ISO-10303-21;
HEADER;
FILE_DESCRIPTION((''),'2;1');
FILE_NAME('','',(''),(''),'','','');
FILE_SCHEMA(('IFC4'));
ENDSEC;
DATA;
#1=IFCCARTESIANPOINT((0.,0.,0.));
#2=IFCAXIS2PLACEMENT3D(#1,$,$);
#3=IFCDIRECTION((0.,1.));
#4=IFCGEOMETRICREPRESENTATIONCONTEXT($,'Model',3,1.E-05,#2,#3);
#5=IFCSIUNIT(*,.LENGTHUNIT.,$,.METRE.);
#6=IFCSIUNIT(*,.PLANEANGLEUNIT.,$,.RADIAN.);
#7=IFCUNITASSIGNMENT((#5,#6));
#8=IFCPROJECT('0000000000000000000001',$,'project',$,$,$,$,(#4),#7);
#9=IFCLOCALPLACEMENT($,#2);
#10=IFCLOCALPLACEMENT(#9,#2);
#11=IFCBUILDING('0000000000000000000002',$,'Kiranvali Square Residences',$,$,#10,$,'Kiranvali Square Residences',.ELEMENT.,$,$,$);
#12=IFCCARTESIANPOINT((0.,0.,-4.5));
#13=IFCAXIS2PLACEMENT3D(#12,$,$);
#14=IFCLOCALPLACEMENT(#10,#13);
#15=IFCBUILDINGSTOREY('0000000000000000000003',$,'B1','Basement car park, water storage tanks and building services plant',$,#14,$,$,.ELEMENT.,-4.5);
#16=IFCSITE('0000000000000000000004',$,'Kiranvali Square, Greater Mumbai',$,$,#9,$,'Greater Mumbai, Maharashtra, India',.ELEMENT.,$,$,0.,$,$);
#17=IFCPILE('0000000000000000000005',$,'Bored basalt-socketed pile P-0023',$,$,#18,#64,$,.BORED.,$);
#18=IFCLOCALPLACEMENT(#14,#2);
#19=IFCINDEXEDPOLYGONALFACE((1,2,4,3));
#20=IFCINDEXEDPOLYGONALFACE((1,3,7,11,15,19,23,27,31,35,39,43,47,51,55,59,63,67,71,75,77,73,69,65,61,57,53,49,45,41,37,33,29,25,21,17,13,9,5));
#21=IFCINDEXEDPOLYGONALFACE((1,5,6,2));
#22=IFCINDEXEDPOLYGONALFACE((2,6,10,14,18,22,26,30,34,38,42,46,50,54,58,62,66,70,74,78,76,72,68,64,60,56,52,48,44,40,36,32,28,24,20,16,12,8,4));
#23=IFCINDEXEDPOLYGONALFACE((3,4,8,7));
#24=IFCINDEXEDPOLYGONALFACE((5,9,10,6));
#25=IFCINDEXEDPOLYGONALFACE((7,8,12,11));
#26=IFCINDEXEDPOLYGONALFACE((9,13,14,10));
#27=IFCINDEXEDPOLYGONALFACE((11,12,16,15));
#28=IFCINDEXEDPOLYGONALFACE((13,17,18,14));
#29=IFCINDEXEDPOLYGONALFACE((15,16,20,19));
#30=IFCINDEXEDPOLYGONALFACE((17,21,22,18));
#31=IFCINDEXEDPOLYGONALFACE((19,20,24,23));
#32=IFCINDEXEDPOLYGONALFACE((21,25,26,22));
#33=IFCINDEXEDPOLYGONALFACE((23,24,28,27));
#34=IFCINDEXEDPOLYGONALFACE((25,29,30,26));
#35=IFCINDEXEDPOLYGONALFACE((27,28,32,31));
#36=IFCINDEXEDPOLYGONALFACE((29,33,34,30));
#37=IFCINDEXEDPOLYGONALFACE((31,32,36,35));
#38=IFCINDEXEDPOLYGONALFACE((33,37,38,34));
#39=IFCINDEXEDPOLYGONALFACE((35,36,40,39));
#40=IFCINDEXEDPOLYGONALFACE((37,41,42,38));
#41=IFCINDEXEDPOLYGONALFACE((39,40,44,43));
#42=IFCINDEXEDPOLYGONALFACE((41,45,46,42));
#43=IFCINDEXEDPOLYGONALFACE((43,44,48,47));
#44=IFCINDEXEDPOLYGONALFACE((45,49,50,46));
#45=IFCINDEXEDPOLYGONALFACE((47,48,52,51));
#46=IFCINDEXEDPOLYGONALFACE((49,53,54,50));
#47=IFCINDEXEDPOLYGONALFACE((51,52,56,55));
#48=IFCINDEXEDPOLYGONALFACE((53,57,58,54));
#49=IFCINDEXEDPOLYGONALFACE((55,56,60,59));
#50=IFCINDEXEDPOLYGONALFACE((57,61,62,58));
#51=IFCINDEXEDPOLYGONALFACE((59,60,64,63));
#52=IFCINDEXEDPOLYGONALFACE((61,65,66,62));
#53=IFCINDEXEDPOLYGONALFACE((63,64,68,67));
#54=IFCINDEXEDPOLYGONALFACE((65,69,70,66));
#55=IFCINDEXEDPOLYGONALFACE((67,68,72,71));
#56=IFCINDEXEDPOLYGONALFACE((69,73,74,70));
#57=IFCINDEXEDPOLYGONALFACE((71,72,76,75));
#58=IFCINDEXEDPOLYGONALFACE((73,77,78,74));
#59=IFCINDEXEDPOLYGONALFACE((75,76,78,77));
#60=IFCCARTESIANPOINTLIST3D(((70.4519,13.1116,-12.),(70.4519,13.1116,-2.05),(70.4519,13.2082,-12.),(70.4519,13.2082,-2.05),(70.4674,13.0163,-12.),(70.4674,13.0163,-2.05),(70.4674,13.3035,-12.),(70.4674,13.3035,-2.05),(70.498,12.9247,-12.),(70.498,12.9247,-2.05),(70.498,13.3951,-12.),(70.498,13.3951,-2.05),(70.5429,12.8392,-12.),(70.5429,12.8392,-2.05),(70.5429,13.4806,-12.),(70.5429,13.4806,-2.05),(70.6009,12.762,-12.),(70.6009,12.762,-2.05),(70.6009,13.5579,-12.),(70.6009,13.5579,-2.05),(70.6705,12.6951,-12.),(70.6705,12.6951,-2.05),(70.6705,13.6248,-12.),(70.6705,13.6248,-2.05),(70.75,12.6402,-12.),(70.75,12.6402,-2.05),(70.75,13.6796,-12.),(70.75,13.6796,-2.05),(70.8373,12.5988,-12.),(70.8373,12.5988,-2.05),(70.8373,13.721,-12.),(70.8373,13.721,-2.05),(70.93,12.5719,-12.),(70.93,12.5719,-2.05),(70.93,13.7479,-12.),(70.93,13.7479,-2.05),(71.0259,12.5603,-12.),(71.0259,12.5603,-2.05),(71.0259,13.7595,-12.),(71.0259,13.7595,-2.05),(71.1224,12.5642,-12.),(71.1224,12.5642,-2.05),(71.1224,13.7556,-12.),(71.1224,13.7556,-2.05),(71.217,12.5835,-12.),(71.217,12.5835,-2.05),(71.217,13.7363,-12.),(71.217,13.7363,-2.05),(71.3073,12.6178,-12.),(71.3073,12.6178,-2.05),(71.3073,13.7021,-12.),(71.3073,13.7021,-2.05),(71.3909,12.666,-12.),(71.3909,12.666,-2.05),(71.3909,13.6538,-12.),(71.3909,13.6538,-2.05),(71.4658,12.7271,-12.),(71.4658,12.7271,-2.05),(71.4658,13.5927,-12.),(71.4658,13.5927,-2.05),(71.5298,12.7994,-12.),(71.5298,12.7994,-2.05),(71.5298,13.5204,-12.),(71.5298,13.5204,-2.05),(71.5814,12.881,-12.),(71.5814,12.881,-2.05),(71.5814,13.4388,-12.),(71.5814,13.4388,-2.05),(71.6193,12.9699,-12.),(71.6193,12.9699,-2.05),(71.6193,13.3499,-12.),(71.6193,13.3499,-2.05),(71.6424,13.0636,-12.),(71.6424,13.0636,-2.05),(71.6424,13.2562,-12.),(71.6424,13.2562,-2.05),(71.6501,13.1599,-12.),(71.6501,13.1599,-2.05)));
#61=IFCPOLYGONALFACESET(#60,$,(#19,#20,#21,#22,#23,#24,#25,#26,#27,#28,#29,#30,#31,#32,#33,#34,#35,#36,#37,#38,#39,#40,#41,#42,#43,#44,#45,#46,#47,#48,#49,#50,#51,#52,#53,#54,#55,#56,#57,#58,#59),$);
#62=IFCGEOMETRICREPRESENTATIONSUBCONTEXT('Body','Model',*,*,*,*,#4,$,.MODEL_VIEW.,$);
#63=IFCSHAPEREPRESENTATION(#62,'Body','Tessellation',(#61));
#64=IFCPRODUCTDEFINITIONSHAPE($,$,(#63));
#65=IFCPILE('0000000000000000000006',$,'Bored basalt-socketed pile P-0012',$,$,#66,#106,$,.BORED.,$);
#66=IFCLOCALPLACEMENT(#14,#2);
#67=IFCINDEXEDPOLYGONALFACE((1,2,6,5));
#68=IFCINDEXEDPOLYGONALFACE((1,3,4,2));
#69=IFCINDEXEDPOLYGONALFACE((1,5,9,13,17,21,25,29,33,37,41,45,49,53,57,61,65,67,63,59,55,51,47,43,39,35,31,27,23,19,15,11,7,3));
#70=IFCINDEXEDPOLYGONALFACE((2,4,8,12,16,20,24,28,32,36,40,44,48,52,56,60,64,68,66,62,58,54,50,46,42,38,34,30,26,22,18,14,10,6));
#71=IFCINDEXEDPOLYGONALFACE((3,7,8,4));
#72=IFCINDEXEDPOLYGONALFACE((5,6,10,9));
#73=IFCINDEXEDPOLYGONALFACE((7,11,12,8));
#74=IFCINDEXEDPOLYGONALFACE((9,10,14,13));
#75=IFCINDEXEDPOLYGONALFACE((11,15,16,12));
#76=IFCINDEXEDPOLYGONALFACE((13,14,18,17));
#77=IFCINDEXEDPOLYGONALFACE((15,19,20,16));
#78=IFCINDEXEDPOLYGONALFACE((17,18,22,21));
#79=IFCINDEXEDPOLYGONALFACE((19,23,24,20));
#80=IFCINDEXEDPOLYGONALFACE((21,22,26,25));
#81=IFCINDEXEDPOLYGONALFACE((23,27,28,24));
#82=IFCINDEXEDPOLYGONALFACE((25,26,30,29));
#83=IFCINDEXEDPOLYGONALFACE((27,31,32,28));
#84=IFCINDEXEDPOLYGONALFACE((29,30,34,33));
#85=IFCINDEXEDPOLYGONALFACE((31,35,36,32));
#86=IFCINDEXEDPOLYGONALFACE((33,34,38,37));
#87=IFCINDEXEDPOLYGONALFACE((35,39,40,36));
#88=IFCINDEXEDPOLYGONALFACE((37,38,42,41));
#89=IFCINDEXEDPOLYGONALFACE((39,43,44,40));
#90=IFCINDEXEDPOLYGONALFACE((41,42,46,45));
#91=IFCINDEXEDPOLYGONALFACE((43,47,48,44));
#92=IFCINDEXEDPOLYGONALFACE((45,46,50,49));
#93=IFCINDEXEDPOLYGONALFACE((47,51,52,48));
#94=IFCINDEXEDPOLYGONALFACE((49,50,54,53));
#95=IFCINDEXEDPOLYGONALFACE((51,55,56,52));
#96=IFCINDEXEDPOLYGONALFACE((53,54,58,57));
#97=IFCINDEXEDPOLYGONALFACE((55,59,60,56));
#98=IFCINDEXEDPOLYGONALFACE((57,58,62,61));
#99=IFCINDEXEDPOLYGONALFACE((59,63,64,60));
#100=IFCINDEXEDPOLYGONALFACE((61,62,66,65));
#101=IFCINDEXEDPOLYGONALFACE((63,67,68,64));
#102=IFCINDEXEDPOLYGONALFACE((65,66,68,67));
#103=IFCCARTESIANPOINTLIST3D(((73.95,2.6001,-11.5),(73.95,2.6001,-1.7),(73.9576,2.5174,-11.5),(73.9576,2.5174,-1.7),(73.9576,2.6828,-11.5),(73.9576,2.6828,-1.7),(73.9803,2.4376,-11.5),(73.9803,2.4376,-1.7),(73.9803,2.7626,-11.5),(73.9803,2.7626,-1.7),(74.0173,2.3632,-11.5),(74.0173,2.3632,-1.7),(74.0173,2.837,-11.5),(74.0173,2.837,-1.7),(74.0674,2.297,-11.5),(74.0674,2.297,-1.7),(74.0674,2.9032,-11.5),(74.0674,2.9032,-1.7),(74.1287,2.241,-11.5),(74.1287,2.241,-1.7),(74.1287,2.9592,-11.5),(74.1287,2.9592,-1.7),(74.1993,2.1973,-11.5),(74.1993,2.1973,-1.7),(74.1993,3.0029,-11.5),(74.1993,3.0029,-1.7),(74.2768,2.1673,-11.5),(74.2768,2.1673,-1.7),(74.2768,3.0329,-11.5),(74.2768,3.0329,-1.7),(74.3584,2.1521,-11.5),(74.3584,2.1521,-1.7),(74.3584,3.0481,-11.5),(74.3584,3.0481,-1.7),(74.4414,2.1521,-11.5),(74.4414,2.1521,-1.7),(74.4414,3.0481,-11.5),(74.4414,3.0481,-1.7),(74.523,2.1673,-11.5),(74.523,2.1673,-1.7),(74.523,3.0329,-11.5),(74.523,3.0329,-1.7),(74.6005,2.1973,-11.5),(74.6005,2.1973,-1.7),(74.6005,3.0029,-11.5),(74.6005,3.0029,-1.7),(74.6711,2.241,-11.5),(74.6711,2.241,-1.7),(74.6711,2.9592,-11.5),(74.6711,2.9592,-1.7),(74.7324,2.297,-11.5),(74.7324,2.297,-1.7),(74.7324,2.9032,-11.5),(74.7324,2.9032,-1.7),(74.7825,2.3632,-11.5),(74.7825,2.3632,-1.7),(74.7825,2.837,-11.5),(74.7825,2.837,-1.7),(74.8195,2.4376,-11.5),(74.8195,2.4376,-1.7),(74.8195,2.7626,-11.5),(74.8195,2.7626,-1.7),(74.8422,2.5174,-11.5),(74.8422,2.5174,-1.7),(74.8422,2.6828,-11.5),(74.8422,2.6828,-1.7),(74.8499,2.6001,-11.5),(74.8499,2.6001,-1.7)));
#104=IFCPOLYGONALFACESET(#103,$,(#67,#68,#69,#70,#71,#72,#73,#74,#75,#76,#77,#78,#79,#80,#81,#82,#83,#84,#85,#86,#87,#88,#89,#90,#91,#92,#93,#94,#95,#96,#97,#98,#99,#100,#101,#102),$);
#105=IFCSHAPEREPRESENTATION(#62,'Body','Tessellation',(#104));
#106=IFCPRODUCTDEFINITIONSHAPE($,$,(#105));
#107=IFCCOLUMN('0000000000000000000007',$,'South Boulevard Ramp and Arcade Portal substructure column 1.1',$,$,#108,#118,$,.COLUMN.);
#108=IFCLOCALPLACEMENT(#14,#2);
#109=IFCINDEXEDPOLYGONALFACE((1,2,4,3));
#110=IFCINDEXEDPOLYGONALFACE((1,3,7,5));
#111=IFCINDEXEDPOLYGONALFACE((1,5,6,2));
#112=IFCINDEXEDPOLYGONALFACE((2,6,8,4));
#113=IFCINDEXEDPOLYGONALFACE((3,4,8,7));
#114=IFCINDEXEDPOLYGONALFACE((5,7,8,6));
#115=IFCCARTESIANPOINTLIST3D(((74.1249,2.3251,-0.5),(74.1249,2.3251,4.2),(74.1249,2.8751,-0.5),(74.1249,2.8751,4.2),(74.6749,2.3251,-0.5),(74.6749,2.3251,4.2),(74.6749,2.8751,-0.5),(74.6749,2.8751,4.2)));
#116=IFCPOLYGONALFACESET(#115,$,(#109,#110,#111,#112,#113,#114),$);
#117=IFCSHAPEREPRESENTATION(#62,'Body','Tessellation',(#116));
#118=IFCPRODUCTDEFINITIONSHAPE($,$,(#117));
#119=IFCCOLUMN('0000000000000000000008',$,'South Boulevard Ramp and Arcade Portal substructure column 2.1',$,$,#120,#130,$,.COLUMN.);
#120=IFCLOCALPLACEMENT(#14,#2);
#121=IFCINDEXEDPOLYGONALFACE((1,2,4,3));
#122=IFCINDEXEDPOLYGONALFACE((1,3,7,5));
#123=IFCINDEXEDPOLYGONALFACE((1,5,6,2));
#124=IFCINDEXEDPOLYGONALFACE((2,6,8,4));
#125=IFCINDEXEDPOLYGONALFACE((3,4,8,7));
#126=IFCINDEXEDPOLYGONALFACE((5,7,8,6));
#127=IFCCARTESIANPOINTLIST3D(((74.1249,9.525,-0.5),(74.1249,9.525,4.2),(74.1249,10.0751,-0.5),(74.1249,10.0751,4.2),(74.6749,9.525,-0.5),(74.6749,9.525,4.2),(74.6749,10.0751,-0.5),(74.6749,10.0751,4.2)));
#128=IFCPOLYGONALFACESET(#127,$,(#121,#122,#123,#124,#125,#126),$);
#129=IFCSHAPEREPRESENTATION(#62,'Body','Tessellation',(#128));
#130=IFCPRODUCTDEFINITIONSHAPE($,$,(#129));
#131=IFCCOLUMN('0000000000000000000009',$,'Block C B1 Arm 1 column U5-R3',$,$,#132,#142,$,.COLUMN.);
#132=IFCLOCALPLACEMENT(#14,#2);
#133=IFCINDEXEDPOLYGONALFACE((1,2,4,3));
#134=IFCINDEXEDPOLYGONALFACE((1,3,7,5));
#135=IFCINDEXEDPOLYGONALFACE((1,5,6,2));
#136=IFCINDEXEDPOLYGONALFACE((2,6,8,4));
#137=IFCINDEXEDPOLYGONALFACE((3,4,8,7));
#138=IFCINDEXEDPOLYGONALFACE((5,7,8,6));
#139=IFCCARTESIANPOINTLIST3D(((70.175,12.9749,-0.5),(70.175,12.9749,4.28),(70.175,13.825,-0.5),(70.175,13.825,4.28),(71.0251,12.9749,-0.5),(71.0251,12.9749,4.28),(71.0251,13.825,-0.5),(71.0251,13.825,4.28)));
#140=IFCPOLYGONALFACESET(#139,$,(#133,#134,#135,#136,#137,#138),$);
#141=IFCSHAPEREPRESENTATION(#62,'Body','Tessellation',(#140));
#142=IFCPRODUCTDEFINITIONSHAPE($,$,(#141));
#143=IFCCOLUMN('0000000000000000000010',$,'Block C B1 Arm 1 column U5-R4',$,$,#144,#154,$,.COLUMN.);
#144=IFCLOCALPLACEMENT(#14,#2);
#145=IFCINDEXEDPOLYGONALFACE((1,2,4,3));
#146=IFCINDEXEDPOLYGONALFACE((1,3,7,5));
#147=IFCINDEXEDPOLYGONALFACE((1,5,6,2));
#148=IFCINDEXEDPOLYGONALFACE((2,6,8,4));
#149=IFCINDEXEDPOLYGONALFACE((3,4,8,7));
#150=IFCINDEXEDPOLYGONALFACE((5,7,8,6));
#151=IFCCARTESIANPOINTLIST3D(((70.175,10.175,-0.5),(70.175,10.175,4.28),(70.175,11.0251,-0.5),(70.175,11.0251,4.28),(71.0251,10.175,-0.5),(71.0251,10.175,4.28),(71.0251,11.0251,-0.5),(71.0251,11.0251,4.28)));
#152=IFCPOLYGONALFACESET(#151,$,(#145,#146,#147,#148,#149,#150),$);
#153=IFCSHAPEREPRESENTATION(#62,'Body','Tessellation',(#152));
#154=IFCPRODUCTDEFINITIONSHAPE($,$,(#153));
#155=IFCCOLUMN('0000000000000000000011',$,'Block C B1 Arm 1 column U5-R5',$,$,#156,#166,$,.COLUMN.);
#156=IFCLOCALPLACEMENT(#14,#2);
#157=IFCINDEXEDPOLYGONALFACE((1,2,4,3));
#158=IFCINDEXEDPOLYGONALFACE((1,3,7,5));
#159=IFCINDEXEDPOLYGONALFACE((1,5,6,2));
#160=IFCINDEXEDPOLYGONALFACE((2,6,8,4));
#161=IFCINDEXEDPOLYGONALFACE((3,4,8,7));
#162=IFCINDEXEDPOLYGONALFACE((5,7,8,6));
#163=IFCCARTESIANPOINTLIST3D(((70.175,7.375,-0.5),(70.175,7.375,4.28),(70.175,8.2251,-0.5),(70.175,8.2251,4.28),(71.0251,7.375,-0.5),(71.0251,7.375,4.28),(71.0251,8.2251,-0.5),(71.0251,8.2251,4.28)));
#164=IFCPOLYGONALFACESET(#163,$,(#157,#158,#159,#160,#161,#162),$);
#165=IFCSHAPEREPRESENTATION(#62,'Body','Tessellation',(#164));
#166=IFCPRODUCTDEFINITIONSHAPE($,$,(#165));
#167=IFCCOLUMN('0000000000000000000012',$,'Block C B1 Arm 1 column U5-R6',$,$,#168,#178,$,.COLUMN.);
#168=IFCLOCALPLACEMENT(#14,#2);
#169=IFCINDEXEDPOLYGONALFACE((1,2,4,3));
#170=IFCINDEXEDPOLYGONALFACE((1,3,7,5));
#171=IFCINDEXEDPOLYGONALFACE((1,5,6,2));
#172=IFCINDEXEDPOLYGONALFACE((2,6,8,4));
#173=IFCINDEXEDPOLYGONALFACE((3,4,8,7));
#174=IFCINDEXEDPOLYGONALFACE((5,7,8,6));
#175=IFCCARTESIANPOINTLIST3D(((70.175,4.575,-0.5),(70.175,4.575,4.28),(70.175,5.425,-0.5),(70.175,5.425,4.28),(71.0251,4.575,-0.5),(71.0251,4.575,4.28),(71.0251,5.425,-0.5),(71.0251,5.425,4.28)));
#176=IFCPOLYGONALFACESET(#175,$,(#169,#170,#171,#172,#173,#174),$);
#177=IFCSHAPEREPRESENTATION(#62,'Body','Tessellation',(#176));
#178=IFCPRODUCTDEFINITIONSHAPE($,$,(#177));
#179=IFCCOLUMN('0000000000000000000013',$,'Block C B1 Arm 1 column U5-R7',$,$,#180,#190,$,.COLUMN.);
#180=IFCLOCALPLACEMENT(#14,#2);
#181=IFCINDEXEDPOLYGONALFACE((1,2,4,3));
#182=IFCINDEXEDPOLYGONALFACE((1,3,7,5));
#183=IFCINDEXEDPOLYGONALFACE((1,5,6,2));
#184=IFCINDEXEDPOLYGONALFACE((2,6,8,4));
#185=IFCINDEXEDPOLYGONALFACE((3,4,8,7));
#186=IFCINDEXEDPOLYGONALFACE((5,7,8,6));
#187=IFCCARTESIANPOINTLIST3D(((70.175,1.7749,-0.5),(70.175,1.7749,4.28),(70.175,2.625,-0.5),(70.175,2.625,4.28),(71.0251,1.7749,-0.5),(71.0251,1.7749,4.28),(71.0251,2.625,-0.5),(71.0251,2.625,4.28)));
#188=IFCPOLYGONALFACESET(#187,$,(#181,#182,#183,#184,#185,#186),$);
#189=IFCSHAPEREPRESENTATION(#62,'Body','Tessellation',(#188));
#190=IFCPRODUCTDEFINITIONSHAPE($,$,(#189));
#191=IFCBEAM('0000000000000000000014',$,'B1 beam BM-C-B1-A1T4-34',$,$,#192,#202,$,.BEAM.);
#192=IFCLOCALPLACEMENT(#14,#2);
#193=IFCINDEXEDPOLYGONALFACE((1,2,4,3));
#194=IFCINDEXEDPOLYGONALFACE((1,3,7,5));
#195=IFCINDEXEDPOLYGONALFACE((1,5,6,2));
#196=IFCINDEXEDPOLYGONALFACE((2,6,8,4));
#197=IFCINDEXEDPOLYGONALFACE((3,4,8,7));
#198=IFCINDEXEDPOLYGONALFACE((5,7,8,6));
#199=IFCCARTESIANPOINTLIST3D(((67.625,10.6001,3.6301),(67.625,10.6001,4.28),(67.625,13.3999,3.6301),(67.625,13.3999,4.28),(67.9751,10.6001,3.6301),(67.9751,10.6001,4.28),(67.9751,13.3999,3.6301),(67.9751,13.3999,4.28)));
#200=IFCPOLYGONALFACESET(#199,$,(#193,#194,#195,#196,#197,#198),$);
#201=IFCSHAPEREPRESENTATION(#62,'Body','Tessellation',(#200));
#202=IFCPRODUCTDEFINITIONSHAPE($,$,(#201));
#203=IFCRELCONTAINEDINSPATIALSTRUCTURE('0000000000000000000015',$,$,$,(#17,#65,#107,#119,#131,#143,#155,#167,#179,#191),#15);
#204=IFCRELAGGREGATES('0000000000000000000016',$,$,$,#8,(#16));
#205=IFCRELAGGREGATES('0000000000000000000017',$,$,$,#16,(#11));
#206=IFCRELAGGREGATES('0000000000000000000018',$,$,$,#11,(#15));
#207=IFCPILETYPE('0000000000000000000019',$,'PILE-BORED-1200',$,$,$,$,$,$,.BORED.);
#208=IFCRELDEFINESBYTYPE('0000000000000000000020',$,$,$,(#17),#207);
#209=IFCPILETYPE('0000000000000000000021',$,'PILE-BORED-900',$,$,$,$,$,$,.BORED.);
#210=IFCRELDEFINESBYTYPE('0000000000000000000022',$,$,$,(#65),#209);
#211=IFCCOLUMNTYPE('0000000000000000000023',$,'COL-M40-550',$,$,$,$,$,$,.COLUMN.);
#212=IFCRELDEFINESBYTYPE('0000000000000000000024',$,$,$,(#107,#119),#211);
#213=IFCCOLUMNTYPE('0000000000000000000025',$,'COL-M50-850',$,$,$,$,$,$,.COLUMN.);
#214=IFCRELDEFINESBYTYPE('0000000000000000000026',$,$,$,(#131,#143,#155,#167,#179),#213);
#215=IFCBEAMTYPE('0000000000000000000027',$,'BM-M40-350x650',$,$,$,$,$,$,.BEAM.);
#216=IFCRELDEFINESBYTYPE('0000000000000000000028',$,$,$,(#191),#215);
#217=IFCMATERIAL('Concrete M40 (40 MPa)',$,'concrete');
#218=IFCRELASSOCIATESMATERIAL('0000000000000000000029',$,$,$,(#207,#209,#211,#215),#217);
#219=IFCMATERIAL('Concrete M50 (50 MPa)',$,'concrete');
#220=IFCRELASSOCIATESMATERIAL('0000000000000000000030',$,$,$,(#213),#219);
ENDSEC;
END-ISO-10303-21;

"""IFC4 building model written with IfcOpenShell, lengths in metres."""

from ifc_helpers import new_model, si_unit, direction, frame, origin, origin_2d, place, context, subcontext, project, spatial, rectangle, circle, extrude, material, material_profile, profile_set, type_object, element, save


model = new_model("IFC4")

# Units and contexts
model_context = context("Model", 3, precision=1e-05, world=origin(), true_north=direction((0.0, 1.0)))
body_context = subcontext(model_context, "Body", "Model", "MODEL_VIEW")
ifc_project = project(units=[si_unit("LENGTHUNIT", "METRE"), si_unit("PLANEANGLEUNIT", "RADIAN")], contexts=[model_context])

# Site, building, storey
site_placement = place(None, origin())
site = spatial("IfcSite", under=ifc_project, at=site_placement, Name="Kiranvali Square, Greater Mumbai", LongName="Greater Mumbai, Maharashtra, India", CompositionType="ELEMENT", RefElevation=0.0)
building_placement = place(site_placement, origin())
building = spatial("IfcBuilding", under=site, at=building_placement, Name="Kiranvali Square Residences", LongName="Kiranvali Square Residences", CompositionType="ELEMENT")
storey_placement = place(building_placement, frame((0.0, 0.0, -4.5)))
storey = spatial("IfcBuildingStorey", under=building, at=storey_placement, Name="B1", Description="Basement car park, water storage tanks and building services plant", CompositionType="ELEMENT", Elevation=-4.5)

# Shared definitions
ifc_material_1 = material(Name="Concrete M40 (40 MPa)", Category="concrete")

# Piles
ifc_material_profile_1 = material_profile(ifc_material_1, circle(Radius=0.6001, at=origin_2d()), Name="BORED PILE 1200")
ifc_profile_set_1 = profile_set([ifc_material_profile_1], Name="Concrete M40 (40 MPa)")
pile_type_1 = type_object("IfcPileType", Name="PILE-BORED-1200", PredefinedType="BORED", material=ifc_profile_set_1)
for number, where, z_axis, x_axis, name in (
    (1, (71.05, 13.1599, -2.05), (0.0, 0.0, -1.0), (1.0, 0.0, 0.0), "Bored basalt-socketed pile P-0023"),
):
    element("IfcPile", number, at=place(storey_placement, frame(where, z_axis=z_axis, x_axis=x_axis)), inside=storey, type_object=pile_type_1, Name=name, PredefinedType="BORED", context=body_context, shape_type="SweptSolid", body=[
        extrude(circle(Radius=0.6001, at=origin_2d()), origin(), (0.0, 0.0, 1.0), 9.95),
    ])
ifc_material_profile_2 = material_profile(ifc_material_1, circle(Radius=0.45, at=origin_2d()), Name="BORED PILE 900")
ifc_profile_set_2 = profile_set([ifc_material_profile_2], Name="Concrete M40 (40 MPa)")
pile_type_2 = type_object("IfcPileType", Name="PILE-BORED-900", PredefinedType="BORED", material=ifc_profile_set_2)
pile_placement = place(storey_placement, frame((74.3999, 2.6001, -1.7), z_axis=(0.0, 0.0, -1.0), x_axis=(1.0, 0.0, 0.0)))
element("IfcPile", 2, at=pile_placement, inside=storey, type_object=pile_type_2, Name="Bored basalt-socketed pile P-0012", PredefinedType="BORED", context=body_context, shape_type="SweptSolid", body=[
    extrude(circle(Radius=0.45, at=origin_2d()), origin(), (0.0, 0.0, 1.0), 9.8),
])

# Columns
ifc_material_profile_3 = material_profile(ifc_material_1, rectangle(XDim=0.55, YDim=0.55, at=origin_2d()), Name="RC 550x550")
ifc_profile_set_3 = profile_set([ifc_material_profile_3], Name="Concrete M40 (40 MPa)")
column_type_1 = type_object("IfcColumnType", Name="COL-M40-550", PredefinedType="COLUMN", material=ifc_profile_set_3)
for number, where, z_axis, x_axis, name in (
    (3, (74.3999, 2.6001, -0.5), (0.0, 0.0, 1.0), (1.0, 0.0, 0.0), "South Boulevard Ramp and Arcade Portal substructure column 1.1"),
    (4, (74.3999, 9.8, -0.5), (0.0, 0.0, 1.0), (1.0, 0.0, 0.0), "South Boulevard Ramp and Arcade Portal substructure column 2.1"),
):
    element("IfcColumn", number, at=place(storey_placement, frame(where, z_axis=z_axis, x_axis=x_axis)), inside=storey, type_object=column_type_1, Name=name, PredefinedType="COLUMN", context=body_context, shape_type="SweptSolid", body=[
        extrude(rectangle(XDim=0.55, YDim=0.55, at=origin_2d()), origin(), (0.0, 0.0, 1.0), 4.7),
    ])
ifc_material_2 = material(Name="Concrete M50 (50 MPa)", Category="concrete")
ifc_material_profile_4 = material_profile(ifc_material_2, rectangle(XDim=0.8501, YDim=0.8501, at=origin_2d()), Name="RC 850x850")
ifc_profile_set_4 = profile_set([ifc_material_profile_4], Name="Concrete M50 (50 MPa)")
column_type_2 = type_object("IfcColumnType", Name="COL-M50-850", PredefinedType="COLUMN", material=ifc_profile_set_4)
for number, where, z_axis, x_axis, name in (
    (5, (70.6001, 13.3999, -0.5), (0.0, 0.0, 1.0), (1.0, 0.0, 0.0), "Block C B1 Arm 1 column U5-R3"),
    (6, (70.6001, 10.6001, -0.5), (0.0, 0.0, 1.0), (1.0, 0.0, 0.0), "Block C B1 Arm 1 column U5-R4"),
    (7, (70.6001, 7.8, -0.5), (0.0, 0.0, 1.0), (1.0, 0.0, 0.0), "Block C B1 Arm 1 column U5-R5"),
    (8, (70.6001, 5.0, -0.5), (0.0, 0.0, 1.0), (1.0, 0.0, 0.0), "Block C B1 Arm 1 column U5-R6"),
    (9, (70.6001, 2.2, -0.5), (0.0, 0.0, 1.0), (1.0, 0.0, 0.0), "Block C B1 Arm 1 column U5-R7"),
):
    element("IfcColumn", number, at=place(storey_placement, frame(where, z_axis=z_axis, x_axis=x_axis)), inside=storey, type_object=column_type_2, Name=name, PredefinedType="COLUMN", context=body_context, shape_type="SweptSolid", body=[
        extrude(rectangle(XDim=0.8501, YDim=0.8501, at=origin_2d()), origin(), (0.0, 0.0, 1.0), 4.78),
    ])

# Beam
ifc_material_profile_5 = material_profile(ifc_material_1, rectangle(XDim=0.3501, YDim=0.6499, at=origin_2d()), Name="RC 350x650")
ifc_profile_set_5 = profile_set([ifc_material_profile_5], Name="Concrete M40 (40 MPa)")
beam_type = type_object("IfcBeamType", Name="BM-M40-350x650", PredefinedType="BEAM", material=ifc_profile_set_5)
beam_1_placement = place(storey_placement, frame((67.8, 13.3999, 3.9551), z_axis=(0.0, -1.0, 0.0), x_axis=(1.0, 0.0, 0.0)))
element("IfcBeam", 10, at=beam_1_placement, inside=storey, type_object=beam_type, Name="B1 beam BM-C-B1-A1T4-34", PredefinedType="BEAM", context=body_context, shape_type="SweptSolid", body=[
    extrude(rectangle(XDim=0.3501, YDim=0.6499, at=origin_2d()), origin(), (0.0, 0.0, 1.0), 2.7998),
])

save(model, "model.ifc")
